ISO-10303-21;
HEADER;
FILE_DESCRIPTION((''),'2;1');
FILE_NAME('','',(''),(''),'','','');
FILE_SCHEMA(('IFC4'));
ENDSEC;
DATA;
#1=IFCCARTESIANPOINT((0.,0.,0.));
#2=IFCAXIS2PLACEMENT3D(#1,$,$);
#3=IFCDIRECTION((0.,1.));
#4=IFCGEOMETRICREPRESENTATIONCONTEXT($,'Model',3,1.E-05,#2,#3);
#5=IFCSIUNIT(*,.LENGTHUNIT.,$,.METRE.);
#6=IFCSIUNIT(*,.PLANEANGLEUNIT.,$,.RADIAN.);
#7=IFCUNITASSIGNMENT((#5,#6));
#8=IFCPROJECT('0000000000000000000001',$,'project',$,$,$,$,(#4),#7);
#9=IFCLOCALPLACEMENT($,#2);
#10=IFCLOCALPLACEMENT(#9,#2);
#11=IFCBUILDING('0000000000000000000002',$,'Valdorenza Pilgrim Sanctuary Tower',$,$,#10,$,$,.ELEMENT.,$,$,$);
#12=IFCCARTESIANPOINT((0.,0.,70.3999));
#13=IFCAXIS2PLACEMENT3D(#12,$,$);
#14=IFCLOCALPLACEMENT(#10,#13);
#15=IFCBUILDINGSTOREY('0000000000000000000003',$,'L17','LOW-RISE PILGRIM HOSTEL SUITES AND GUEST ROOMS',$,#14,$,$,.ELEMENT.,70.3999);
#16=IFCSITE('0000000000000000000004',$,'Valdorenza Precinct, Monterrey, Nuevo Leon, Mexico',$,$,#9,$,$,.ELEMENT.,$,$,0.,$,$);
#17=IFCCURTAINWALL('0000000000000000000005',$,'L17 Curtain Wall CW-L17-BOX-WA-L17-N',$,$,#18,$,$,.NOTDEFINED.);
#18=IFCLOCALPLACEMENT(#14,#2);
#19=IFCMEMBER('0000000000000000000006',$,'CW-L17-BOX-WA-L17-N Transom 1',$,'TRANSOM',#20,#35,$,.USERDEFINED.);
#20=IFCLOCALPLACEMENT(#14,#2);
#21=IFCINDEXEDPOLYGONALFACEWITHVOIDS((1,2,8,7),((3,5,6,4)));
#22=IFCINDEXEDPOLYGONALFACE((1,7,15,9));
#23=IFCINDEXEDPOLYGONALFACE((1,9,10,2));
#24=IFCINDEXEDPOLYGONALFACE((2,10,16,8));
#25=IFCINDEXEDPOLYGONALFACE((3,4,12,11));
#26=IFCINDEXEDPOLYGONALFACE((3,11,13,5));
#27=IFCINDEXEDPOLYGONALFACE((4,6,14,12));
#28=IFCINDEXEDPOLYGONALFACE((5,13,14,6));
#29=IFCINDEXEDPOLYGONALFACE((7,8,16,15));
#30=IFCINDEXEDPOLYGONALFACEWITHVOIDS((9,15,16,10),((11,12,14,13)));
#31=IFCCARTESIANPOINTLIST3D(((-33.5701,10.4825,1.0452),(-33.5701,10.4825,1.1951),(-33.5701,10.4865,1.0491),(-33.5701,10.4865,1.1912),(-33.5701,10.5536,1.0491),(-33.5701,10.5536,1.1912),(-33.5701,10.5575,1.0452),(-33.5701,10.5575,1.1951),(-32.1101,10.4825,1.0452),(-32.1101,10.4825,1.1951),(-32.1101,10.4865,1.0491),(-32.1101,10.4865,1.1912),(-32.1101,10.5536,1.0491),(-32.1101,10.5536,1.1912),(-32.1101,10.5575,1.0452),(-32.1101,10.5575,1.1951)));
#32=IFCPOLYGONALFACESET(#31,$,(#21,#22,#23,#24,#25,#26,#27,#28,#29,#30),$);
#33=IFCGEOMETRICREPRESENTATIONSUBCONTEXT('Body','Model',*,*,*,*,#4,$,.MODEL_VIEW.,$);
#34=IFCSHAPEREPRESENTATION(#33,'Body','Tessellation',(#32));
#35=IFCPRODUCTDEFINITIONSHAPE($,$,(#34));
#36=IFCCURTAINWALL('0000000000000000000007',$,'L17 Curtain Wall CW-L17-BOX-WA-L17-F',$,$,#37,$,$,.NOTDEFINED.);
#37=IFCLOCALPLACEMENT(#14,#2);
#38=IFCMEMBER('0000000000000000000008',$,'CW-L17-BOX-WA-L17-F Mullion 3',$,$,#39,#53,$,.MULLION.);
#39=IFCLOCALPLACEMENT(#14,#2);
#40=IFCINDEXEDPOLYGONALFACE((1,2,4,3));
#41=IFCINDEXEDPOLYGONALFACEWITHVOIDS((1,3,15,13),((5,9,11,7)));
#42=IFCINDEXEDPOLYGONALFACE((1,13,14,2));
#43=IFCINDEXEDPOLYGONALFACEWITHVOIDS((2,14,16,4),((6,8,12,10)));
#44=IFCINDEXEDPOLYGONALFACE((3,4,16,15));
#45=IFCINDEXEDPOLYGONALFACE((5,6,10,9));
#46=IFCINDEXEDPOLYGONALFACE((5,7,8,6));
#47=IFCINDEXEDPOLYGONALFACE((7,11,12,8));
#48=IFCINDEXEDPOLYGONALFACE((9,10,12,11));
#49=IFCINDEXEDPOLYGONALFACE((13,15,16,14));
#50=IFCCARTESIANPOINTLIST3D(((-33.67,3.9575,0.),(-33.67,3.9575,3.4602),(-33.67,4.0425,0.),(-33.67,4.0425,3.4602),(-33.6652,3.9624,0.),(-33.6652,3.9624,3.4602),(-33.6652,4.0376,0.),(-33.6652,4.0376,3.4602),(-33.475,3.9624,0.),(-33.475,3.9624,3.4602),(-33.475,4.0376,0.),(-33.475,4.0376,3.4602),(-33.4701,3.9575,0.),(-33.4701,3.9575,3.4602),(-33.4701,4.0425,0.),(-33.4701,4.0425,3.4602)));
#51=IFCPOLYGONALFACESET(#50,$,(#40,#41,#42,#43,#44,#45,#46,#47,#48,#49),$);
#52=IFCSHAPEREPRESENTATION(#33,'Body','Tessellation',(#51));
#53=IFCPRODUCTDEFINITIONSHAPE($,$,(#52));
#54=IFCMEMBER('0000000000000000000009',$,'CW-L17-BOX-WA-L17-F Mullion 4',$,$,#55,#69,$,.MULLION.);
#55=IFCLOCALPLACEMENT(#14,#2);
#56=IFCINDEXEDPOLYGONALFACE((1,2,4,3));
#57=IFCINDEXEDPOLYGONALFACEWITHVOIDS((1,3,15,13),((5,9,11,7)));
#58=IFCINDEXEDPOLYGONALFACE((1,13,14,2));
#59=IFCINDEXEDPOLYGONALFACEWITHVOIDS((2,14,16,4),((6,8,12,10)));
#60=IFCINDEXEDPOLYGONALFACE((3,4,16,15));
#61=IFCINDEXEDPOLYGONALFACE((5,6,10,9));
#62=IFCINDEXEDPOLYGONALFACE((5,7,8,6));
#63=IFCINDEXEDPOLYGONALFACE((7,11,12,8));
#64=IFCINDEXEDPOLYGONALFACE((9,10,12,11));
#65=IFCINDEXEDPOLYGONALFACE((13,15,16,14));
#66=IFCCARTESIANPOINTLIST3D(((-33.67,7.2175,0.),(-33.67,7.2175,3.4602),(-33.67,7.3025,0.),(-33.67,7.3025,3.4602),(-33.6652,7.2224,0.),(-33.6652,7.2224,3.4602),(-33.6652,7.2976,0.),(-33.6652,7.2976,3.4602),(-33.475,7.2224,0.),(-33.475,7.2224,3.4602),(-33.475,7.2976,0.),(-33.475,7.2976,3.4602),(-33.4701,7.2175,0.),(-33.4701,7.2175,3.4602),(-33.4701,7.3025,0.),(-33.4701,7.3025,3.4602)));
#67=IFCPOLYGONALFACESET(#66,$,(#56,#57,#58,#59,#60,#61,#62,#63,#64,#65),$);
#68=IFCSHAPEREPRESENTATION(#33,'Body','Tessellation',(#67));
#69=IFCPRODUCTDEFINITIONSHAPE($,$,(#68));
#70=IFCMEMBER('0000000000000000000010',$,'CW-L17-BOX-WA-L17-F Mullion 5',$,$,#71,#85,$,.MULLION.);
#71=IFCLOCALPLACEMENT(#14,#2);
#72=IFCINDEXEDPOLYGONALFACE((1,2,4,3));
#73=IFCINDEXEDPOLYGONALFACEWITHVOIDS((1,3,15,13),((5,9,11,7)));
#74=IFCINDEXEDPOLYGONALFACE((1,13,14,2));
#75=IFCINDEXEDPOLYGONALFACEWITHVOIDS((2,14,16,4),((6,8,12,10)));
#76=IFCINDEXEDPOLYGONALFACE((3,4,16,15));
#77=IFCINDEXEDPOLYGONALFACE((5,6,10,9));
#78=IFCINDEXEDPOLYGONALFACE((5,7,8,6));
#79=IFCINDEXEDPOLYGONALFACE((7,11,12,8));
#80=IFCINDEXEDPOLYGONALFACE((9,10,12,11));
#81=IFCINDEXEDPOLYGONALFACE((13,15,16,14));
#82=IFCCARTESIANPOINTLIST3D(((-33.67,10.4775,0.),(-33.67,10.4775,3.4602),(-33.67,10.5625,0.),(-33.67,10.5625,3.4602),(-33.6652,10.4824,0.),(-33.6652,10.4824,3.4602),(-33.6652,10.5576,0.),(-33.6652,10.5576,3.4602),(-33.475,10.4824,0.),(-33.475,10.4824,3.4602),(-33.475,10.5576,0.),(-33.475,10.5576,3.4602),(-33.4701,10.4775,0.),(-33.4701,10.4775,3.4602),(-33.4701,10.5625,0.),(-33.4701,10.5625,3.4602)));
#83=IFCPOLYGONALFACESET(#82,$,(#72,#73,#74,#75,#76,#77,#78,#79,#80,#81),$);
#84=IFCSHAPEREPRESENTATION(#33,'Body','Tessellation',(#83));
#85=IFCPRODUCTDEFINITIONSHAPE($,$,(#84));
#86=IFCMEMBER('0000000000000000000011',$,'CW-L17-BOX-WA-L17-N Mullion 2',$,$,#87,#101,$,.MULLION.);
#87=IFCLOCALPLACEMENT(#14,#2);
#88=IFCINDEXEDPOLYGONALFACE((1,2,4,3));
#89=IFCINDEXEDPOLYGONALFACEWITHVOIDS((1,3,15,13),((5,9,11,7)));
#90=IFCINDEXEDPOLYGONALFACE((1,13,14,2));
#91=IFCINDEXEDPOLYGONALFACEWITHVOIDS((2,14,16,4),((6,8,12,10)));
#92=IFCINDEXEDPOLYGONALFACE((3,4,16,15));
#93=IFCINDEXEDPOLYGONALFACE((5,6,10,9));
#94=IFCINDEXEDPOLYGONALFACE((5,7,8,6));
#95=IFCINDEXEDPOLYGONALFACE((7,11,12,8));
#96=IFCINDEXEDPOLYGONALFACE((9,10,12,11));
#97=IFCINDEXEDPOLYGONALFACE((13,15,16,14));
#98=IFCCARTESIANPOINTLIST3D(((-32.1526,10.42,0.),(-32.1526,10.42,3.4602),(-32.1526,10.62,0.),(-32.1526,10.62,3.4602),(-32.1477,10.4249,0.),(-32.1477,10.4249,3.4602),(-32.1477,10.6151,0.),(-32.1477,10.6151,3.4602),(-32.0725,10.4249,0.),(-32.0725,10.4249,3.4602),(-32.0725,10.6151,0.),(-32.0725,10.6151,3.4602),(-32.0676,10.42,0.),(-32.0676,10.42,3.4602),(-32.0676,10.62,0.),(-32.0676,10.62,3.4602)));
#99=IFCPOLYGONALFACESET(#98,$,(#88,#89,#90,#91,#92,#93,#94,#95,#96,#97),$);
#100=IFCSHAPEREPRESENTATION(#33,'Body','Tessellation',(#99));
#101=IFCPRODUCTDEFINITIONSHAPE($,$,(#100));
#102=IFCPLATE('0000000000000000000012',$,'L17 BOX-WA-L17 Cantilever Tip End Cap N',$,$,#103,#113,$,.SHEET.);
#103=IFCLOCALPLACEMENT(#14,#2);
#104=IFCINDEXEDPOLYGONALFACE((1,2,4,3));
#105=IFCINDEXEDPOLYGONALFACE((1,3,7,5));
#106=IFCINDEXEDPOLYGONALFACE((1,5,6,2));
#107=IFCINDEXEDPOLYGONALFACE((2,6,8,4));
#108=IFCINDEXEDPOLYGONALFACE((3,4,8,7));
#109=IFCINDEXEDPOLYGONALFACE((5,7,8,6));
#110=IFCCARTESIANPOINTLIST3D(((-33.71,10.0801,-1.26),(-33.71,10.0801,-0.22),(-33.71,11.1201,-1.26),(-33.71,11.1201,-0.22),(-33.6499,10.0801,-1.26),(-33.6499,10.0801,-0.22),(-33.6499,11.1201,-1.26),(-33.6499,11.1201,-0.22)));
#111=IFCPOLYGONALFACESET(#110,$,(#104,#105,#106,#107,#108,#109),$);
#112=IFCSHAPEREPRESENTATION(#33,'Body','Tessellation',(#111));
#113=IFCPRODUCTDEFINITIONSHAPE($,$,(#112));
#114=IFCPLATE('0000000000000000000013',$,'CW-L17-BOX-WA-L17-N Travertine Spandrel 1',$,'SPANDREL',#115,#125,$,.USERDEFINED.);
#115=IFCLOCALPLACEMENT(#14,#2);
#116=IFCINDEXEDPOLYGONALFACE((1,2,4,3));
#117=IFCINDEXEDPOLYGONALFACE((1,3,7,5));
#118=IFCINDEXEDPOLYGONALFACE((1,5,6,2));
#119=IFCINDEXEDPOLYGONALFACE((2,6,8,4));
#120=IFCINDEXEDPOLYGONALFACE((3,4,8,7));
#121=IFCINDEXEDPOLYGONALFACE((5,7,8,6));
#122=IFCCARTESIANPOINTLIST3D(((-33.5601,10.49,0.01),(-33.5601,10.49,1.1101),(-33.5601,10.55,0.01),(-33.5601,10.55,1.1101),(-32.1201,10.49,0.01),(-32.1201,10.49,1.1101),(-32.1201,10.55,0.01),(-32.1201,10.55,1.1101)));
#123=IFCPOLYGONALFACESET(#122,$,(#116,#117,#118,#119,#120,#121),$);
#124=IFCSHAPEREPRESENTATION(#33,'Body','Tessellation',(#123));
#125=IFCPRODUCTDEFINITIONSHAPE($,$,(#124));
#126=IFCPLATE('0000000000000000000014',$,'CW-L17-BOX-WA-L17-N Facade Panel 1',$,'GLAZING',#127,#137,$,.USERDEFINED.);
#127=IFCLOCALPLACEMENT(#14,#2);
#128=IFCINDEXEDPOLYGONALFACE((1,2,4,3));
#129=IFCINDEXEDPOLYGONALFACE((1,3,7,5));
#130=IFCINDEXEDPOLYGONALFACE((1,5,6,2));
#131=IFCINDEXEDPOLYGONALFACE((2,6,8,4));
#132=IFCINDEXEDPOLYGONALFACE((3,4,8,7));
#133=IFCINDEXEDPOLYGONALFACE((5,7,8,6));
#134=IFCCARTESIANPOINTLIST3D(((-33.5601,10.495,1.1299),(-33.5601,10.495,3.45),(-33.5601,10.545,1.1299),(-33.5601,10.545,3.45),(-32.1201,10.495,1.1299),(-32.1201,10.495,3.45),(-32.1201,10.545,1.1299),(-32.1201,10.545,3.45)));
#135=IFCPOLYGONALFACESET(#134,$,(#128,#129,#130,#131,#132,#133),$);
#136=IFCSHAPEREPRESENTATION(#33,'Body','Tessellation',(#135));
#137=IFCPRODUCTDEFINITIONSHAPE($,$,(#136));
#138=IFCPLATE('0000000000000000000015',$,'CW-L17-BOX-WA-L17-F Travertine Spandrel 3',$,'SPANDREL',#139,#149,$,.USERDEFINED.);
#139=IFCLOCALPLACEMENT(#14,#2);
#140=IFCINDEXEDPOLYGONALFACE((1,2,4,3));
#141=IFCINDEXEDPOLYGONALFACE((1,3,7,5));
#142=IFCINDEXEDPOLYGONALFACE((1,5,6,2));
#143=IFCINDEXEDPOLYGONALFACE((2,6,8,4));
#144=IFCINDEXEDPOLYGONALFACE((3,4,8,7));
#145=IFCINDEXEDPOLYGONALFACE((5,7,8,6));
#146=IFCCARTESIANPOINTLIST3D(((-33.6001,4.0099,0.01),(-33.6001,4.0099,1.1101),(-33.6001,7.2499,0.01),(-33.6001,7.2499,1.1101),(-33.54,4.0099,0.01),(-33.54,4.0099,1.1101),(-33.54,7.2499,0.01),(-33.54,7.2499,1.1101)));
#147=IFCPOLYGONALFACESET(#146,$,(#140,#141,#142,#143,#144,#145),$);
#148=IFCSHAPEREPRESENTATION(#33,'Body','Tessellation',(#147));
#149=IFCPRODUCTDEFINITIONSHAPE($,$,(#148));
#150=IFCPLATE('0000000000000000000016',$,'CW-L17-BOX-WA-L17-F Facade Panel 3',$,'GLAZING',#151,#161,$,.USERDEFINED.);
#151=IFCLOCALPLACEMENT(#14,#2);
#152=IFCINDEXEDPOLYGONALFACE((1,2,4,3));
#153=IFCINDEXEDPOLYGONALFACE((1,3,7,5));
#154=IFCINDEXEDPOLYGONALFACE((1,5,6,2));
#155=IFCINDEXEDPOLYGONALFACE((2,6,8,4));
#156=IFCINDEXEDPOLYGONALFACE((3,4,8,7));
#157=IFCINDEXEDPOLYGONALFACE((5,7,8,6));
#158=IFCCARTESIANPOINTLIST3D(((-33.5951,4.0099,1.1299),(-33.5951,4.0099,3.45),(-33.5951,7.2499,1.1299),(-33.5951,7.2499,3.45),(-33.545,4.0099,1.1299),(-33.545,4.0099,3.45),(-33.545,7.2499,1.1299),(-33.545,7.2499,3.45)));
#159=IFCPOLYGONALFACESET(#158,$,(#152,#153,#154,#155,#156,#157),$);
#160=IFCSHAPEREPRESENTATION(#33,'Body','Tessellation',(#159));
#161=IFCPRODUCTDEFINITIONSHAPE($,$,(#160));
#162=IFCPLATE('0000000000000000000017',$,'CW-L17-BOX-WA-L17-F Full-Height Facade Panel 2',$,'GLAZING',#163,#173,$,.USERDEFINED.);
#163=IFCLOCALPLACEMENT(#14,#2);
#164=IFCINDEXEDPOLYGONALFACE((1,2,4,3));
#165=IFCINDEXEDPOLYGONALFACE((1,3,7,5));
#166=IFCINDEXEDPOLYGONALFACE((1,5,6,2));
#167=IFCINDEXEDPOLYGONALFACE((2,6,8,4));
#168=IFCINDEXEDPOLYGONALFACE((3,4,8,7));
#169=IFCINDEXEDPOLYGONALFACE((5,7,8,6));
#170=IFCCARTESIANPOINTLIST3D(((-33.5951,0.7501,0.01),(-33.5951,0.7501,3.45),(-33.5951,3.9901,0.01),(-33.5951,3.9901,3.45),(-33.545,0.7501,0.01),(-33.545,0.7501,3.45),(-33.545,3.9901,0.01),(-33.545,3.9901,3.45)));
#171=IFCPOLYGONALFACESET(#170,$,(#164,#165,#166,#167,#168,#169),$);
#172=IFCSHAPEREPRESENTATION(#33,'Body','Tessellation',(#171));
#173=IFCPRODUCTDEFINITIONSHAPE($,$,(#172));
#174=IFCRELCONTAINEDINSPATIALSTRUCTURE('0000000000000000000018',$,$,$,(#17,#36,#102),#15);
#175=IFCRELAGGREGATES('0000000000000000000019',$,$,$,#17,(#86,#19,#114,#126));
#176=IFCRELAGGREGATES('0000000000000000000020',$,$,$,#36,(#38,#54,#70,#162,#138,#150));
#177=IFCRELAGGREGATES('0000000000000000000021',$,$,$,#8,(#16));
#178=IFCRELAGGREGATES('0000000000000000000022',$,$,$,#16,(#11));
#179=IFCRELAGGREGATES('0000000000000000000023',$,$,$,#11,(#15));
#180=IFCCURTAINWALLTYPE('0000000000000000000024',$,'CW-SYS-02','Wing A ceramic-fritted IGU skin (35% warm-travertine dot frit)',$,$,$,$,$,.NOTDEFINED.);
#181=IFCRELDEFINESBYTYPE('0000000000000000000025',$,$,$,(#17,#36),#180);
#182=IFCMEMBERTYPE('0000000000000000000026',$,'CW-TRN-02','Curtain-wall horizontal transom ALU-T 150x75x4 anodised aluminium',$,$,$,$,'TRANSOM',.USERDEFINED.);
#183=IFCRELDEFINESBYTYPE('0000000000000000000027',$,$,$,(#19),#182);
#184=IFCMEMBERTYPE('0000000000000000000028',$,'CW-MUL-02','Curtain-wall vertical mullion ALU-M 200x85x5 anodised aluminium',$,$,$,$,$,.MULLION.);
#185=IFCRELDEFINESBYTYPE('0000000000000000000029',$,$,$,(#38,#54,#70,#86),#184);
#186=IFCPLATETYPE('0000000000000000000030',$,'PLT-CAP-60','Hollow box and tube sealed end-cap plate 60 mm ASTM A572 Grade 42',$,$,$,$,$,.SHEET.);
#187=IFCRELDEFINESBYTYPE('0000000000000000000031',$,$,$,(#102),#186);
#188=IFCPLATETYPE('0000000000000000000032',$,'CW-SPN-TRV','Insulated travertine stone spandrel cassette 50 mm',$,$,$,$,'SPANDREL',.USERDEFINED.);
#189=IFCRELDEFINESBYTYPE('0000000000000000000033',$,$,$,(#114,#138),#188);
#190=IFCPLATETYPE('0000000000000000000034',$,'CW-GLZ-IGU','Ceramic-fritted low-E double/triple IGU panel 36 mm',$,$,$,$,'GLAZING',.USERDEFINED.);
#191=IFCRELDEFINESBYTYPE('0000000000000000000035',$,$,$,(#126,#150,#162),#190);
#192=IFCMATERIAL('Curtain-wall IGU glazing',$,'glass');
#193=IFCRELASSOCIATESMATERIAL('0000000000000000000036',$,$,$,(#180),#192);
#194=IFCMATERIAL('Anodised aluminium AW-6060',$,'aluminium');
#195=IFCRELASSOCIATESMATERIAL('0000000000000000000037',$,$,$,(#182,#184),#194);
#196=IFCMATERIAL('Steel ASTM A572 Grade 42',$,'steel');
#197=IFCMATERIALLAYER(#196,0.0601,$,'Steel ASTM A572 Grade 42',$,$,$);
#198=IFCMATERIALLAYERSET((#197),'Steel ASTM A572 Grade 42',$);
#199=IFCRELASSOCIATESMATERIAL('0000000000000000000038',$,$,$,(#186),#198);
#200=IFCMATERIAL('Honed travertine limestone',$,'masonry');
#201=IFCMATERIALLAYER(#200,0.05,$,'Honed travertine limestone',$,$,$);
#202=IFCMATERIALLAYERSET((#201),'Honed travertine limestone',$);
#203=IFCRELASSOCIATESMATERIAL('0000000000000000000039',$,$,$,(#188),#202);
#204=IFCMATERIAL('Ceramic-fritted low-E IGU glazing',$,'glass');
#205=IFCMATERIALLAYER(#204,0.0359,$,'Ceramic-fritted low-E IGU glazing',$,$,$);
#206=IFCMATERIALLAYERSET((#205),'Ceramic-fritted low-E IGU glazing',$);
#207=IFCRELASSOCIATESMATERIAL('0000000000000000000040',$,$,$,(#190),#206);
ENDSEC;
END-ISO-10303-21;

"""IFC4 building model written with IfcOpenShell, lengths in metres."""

from ifc_helpers import new_model, si_unit, direction, frame, origin, origin_2d, place, context, subcontext, project, spatial, rectangle, hollow_rectangle, extrude, source, transform, mapped, material, layer, layer_set, material_profile, profile_set, type_object, element, aggregate, save


model = new_model("IFC4")

# Units and contexts
model_context = context("Model", 3, precision=1e-05, world=origin(), true_north=direction((0.0, 1.0)))
body_context = subcontext(model_context, "Body", "Model", "MODEL_VIEW")
ifc_project = project(units=[si_unit("LENGTHUNIT", "METRE"), si_unit("PLANEANGLEUNIT", "RADIAN")], contexts=[model_context])

# Site, building, storey
site_placement = place(None, origin())
site = spatial("IfcSite", under=ifc_project, at=site_placement, Name="Valdorenza Precinct, Monterrey, Nuevo Leon, Mexico", CompositionType="ELEMENT", RefElevation=0.0)
building_placement = place(site_placement, origin())
building = spatial("IfcBuilding", under=site, at=building_placement, Name="Valdorenza Pilgrim Sanctuary Tower", CompositionType="ELEMENT")
storey_placement = place(building_placement, frame((0.0, 0.0, 70.3999)))
storey = spatial("IfcBuildingStorey", under=building, at=storey_placement, Name="L17", Description="LOW-RISE PILGRIM HOSTEL SUITES AND GUEST ROOMS", CompositionType="ELEMENT", Elevation=70.3999)

# Curtain wall, member
ifc_material_1 = material(Name="Curtain-wall IGU glazing", Category="glass")
curtain_wall_type = type_object("IfcCurtainWallType", Name="CW-SYS-02", Description="Wing A ceramic-fritted IGU skin (35% warm-travertine dot frit)", PredefinedType="NOTDEFINED", material=ifc_material_1)
curtain_wall_1_placement = place(storey_placement, origin())
curtain_wall_1 = element("IfcCurtainWall", 1, at=curtain_wall_1_placement, inside=storey, type_object=curtain_wall_type, Name="L17 Curtain Wall CW-L17-BOX-WA-L17-N", PredefinedType="NOTDEFINED")
ifc_material_2 = material(Name="Anodised aluminium AW-6060", Category="aluminium")
ifc_material_profile_1 = material_profile(ifc_material_2, hollow_rectangle(XDim=0.075, YDim=0.1499, WallThickness=0.0039, at=origin_2d()), Name="ALU-T 150x75x4")
ifc_profile_set_1 = profile_set([ifc_material_profile_1], Name="Anodised aluminium AW-6060")
member_type_1 = type_object("IfcMemberType", Name="CW-TRN-02", Description="Curtain-wall horizontal transom ALU-T 150x75x4 anodised aluminium", ElementType="TRANSOM", PredefinedType="USERDEFINED", material=ifc_profile_set_1)
shared_shape_1 = source(origin(), body_context, "Body", "SweptSolid", [
    extrude(hollow_rectangle(XDim=0.075, YDim=0.1499, WallThickness=0.0039, at=origin_2d()), origin(), (0.0, 0.0, 1.0), 1.46),
])
member_1_placement = place(storey_placement, frame((-33.5701, 10.52, 1.1201), z_axis=(1.0, 0.0, 0.0), x_axis=(0.0, 1.0, 0.0)))
member_1 = element("IfcMember", 2, at=member_1_placement, type_object=member_type_1, Name="CW-L17-BOX-WA-L17-N Transom 1", ObjectType="TRANSOM", PredefinedType="USERDEFINED", context=body_context, shape_type="MappedRepresentation", body=[
    mapped(shared_shape_1, transform((0.0, 0.0, 0.0), x_axis=(1.0, 0.0, 0.0), y_axis=(0.0, 1.0, 0.0), z_axis=(0.0, 0.0, 1.0), scale=1.0)),
])

# Curtain wall, members
curtain_wall_2_placement = place(storey_placement, origin())
curtain_wall_2 = element("IfcCurtainWall", 3, at=curtain_wall_2_placement, inside=storey, type_object=curtain_wall_type, Name="L17 Curtain Wall CW-L17-BOX-WA-L17-F", PredefinedType="NOTDEFINED")
ifc_material_profile_2 = material_profile(ifc_material_2, hollow_rectangle(XDim=0.085, YDim=0.2, WallThickness=0.0049, at=origin_2d()), Name="ALU-M 200x85x5")
ifc_profile_set_2 = profile_set([ifc_material_profile_2], Name="Anodised aluminium AW-6060")
member_type_2 = type_object("IfcMemberType", Name="CW-MUL-02", Description="Curtain-wall vertical mullion ALU-M 200x85x5 anodised aluminium", PredefinedType="MULLION", material=ifc_profile_set_2)
shared_shape_2 = source(origin(), body_context, "Body", "SweptSolid", [
    extrude(hollow_rectangle(XDim=0.085, YDim=0.2, WallThickness=0.0049, at=origin_2d()), origin(), (0.0, 0.0, 1.0), 3.4602),
])
member_2_placement = place(storey_placement, frame((-33.5701, 4.0, 0.0), z_axis=(0.0, 0.0, 1.0), x_axis=(0.0, 1.0, 0.0)))
member_2 = element("IfcMember", 4, at=member_2_placement, type_object=member_type_2, Name="CW-L17-BOX-WA-L17-F Mullion 3", PredefinedType="MULLION", context=body_context, shape_type="MappedRepresentation", body=[
    mapped(shared_shape_2, transform((0.0, 0.0, 0.0), x_axis=(1.0, 0.0, 0.0), y_axis=(0.0, 1.0, 0.0), z_axis=(0.0, 0.0, 1.0), scale=1.0)),
])
member_3_placement = place(storey_placement, frame((-33.5701, 7.26, 0.0), z_axis=(0.0, 0.0, 1.0), x_axis=(0.0, 1.0, 0.0)))
member_3 = element("IfcMember", 5, at=member_3_placement, type_object=member_type_2, Name="CW-L17-BOX-WA-L17-F Mullion 4", PredefinedType="MULLION", context=body_context, shape_type="MappedRepresentation", body=[
    mapped(shared_shape_2, transform((0.0, 0.0, 0.0), x_axis=(1.0, 0.0, 0.0), y_axis=(0.0, 1.0, 0.0), z_axis=(0.0, 0.0, 1.0), scale=1.0)),
])
member_4_placement = place(storey_placement, frame((-33.5701, 10.52, 0.0), z_axis=(0.0, 0.0, 1.0), x_axis=(0.0, 1.0, 0.0)))
member_4 = element("IfcMember", 6, at=member_4_placement, type_object=member_type_2, Name="CW-L17-BOX-WA-L17-F Mullion 5", PredefinedType="MULLION", context=body_context, shape_type="MappedRepresentation", body=[
    mapped(shared_shape_2, transform((0.0, 0.0, 0.0), x_axis=(1.0, 0.0, 0.0), y_axis=(0.0, 1.0, 0.0), z_axis=(0.0, 0.0, 1.0), scale=1.0)),
])

# Member
member_5_placement = place(storey_placement, frame((-32.1101, 10.52, 0.0), z_axis=(0.0, 0.0, 1.0), x_axis=(1.0, 0.0, 0.0)))
member_5 = element("IfcMember", 7, at=member_5_placement, type_object=member_type_2, Name="CW-L17-BOX-WA-L17-N Mullion 2", PredefinedType="MULLION", context=body_context, shape_type="MappedRepresentation", body=[
    mapped(shared_shape_2, transform((0.0, 0.0, 0.0), x_axis=(1.0, 0.0, 0.0), y_axis=(0.0, 1.0, 0.0), z_axis=(0.0, 0.0, 1.0), scale=1.0)),
])

# Plates
ifc_material_3 = material(Name="Steel ASTM A572 Grade 42", Category="steel")
ifc_layer_1 = layer(ifc_material_3, 0.0601, Name="Steel ASTM A572 Grade 42")
ifc_layer_set_1 = layer_set([ifc_layer_1], Name="Steel ASTM A572 Grade 42")
plate_type_1 = type_object("IfcPlateType", Name="PLT-CAP-60", Description="Hollow box and tube sealed end-cap plate 60 mm ASTM A572 Grade 42", PredefinedType="SHEET", material=ifc_layer_set_1)
shared_shape_3 = source(origin(), body_context, "Body", "SweptSolid", [
    extrude(rectangle(XDim=0.0601, YDim=1.04, at=origin_2d()), origin(), (0.0, 0.0, 1.0), 1.04),
])
plate_1_placement = place(storey_placement, frame((-33.6799, 10.6001, -1.26), z_axis=(0.0, 0.0, 1.0), x_axis=(1.0, 0.0, 0.0)))
element("IfcPlate", 8, at=plate_1_placement, inside=storey, type_object=plate_type_1, Name="L17 BOX-WA-L17 Cantilever Tip End Cap N", PredefinedType="SHEET", context=body_context, shape_type="MappedRepresentation", body=[
    mapped(shared_shape_3, transform((0.0, 0.0, 0.0), x_axis=(1.0, 0.0, 0.0), y_axis=(0.0, 1.0, 0.0), z_axis=(0.0, 0.0, 1.0), scale=1.0)),
])
ifc_material_4 = material(Name="Honed travertine limestone", Category="masonry")
ifc_layer_2 = layer(ifc_material_4, 0.05, Name="Honed travertine limestone")
ifc_layer_set_2 = layer_set([ifc_layer_2], Name="Honed travertine limestone")
plate_type_2 = type_object("IfcPlateType", Name="CW-SPN-TRV", Description="Insulated travertine stone spandrel cassette 50 mm", ElementType="SPANDREL", PredefinedType="USERDEFINED", material=ifc_layer_set_2)
shared_shape_4 = source(origin(), body_context, "Body", "SweptSolid", [
    extrude(rectangle(XDim=1.4399, YDim=0.0601, at=origin_2d()), origin(), (0.0, 0.0, 1.0), 1.1001),
])
plate_2_placement = place(storey_placement, frame((-32.8401, 10.52, 0.01), z_axis=(0.0, 0.0, 1.0), x_axis=(1.0, 0.0, 0.0)))
plate_2 = element("IfcPlate", 9, at=plate_2_placement, type_object=plate_type_2, Name="CW-L17-BOX-WA-L17-N Travertine Spandrel 1", ObjectType="SPANDREL", PredefinedType="USERDEFINED", context=body_context, shape_type="MappedRepresentation", body=[
    mapped(shared_shape_4, transform((0.0, 0.0, 0.0), x_axis=(1.0, 0.0, 0.0), y_axis=(0.0, 1.0, 0.0), z_axis=(0.0, 0.0, 1.0), scale=1.0)),
])
ifc_material_5 = material(Name="Ceramic-fritted low-E IGU glazing", Category="glass")
ifc_layer_3 = layer(ifc_material_5, 0.0359, Name="Ceramic-fritted low-E IGU glazing")
ifc_layer_set_3 = layer_set([ifc_layer_3], Name="Ceramic-fritted low-E IGU glazing")
plate_type_3 = type_object("IfcPlateType", Name="CW-GLZ-IGU", Description="Ceramic-fritted low-E double/triple IGU panel 36 mm", ElementType="GLAZING", PredefinedType="USERDEFINED", material=ifc_layer_set_3)
shared_shape_5 = source(origin(), body_context, "Body", "SweptSolid", [
    extrude(rectangle(XDim=1.4399, YDim=0.05, at=origin_2d()), origin(), (0.0, 0.0, 1.0), 2.3201),
])
plate_3_placement = place(storey_placement, frame((-32.8401, 10.52, 1.1299), z_axis=(0.0, 0.0, 1.0), x_axis=(1.0, 0.0, 0.0)))
plate_3 = element("IfcPlate", 10, at=plate_3_placement, type_object=plate_type_3, Name="CW-L17-BOX-WA-L17-N Facade Panel 1", ObjectType="GLAZING", PredefinedType="USERDEFINED", context=body_context, shape_type="MappedRepresentation", body=[
    mapped(shared_shape_5, transform((0.0, 0.0, 0.0), x_axis=(1.0, 0.0, 0.0), y_axis=(0.0, 1.0, 0.0), z_axis=(0.0, 0.0, 1.0), scale=1.0)),
])
aggregate(curtain_wall_1, [member_5, member_1, plate_2, plate_3])
shared_shape_6 = source(origin(), body_context, "Body", "SweptSolid", [
    extrude(rectangle(XDim=3.24, YDim=0.0601, at=origin_2d()), origin(), (0.0, 0.0, 1.0), 1.1001),
])
plate_4_placement = place(storey_placement, frame((-33.5701, 5.6299, 0.01), z_axis=(0.0, 0.0, 1.0), x_axis=(0.0, 1.0, 0.0)))
plate_4 = element("IfcPlate", 11, at=plate_4_placement, type_object=plate_type_2, Name="CW-L17-BOX-WA-L17-F Travertine Spandrel 3", ObjectType="SPANDREL", PredefinedType="USERDEFINED", context=body_context, shape_type="MappedRepresentation", body=[
    mapped(shared_shape_6, transform((0.0, 0.0, 0.0), x_axis=(1.0, 0.0, 0.0), y_axis=(0.0, 1.0, 0.0), z_axis=(0.0, 0.0, 1.0), scale=1.0)),
])
shared_shape_7 = source(origin(), body_context, "Body", "SweptSolid", [
    extrude(rectangle(XDim=3.24, YDim=0.05, at=origin_2d()), origin(), (0.0, 0.0, 1.0), 2.3201),
])
plate_5_placement = place(storey_placement, frame((-33.5701, 5.6299, 1.1299), z_axis=(0.0, 0.0, 1.0), x_axis=(0.0, 1.0, 0.0)))
plate_5 = element("IfcPlate", 12, at=plate_5_placement, type_object=plate_type_3, Name="CW-L17-BOX-WA-L17-F Facade Panel 3", ObjectType="GLAZING", PredefinedType="USERDEFINED", context=body_context, shape_type="MappedRepresentation", body=[
    mapped(shared_shape_7, transform((0.0, 0.0, 0.0), x_axis=(1.0, 0.0, 0.0), y_axis=(0.0, 1.0, 0.0), z_axis=(0.0, 0.0, 1.0), scale=1.0)),
])
shared_shape_8 = source(origin(), body_context, "Body", "SweptSolid", [
    extrude(rectangle(XDim=3.24, YDim=0.05, at=origin_2d()), origin(), (0.0, 0.0, 1.0), 3.4399),
])
plate_6_placement = place(storey_placement, frame((-33.5701, 2.3701, 0.01), z_axis=(0.0, 0.0, 1.0), x_axis=(0.0, 1.0, 0.0)))
plate_6 = element("IfcPlate", 13, at=plate_6_placement, type_object=plate_type_3, Name="CW-L17-BOX-WA-L17-F Full-Height Facade Panel 2", ObjectType="GLAZING", PredefinedType="USERDEFINED", context=body_context, shape_type="MappedRepresentation", body=[
    mapped(shared_shape_8, transform((0.0, 0.0, 0.0), x_axis=(1.0, 0.0, 0.0), y_axis=(0.0, 1.0, 0.0), z_axis=(0.0, 0.0, 1.0), scale=1.0)),
])
aggregate(curtain_wall_2, [member_2, member_3, member_4, plate_6, plate_4, plate_5])

save(model, "model.ifc")
